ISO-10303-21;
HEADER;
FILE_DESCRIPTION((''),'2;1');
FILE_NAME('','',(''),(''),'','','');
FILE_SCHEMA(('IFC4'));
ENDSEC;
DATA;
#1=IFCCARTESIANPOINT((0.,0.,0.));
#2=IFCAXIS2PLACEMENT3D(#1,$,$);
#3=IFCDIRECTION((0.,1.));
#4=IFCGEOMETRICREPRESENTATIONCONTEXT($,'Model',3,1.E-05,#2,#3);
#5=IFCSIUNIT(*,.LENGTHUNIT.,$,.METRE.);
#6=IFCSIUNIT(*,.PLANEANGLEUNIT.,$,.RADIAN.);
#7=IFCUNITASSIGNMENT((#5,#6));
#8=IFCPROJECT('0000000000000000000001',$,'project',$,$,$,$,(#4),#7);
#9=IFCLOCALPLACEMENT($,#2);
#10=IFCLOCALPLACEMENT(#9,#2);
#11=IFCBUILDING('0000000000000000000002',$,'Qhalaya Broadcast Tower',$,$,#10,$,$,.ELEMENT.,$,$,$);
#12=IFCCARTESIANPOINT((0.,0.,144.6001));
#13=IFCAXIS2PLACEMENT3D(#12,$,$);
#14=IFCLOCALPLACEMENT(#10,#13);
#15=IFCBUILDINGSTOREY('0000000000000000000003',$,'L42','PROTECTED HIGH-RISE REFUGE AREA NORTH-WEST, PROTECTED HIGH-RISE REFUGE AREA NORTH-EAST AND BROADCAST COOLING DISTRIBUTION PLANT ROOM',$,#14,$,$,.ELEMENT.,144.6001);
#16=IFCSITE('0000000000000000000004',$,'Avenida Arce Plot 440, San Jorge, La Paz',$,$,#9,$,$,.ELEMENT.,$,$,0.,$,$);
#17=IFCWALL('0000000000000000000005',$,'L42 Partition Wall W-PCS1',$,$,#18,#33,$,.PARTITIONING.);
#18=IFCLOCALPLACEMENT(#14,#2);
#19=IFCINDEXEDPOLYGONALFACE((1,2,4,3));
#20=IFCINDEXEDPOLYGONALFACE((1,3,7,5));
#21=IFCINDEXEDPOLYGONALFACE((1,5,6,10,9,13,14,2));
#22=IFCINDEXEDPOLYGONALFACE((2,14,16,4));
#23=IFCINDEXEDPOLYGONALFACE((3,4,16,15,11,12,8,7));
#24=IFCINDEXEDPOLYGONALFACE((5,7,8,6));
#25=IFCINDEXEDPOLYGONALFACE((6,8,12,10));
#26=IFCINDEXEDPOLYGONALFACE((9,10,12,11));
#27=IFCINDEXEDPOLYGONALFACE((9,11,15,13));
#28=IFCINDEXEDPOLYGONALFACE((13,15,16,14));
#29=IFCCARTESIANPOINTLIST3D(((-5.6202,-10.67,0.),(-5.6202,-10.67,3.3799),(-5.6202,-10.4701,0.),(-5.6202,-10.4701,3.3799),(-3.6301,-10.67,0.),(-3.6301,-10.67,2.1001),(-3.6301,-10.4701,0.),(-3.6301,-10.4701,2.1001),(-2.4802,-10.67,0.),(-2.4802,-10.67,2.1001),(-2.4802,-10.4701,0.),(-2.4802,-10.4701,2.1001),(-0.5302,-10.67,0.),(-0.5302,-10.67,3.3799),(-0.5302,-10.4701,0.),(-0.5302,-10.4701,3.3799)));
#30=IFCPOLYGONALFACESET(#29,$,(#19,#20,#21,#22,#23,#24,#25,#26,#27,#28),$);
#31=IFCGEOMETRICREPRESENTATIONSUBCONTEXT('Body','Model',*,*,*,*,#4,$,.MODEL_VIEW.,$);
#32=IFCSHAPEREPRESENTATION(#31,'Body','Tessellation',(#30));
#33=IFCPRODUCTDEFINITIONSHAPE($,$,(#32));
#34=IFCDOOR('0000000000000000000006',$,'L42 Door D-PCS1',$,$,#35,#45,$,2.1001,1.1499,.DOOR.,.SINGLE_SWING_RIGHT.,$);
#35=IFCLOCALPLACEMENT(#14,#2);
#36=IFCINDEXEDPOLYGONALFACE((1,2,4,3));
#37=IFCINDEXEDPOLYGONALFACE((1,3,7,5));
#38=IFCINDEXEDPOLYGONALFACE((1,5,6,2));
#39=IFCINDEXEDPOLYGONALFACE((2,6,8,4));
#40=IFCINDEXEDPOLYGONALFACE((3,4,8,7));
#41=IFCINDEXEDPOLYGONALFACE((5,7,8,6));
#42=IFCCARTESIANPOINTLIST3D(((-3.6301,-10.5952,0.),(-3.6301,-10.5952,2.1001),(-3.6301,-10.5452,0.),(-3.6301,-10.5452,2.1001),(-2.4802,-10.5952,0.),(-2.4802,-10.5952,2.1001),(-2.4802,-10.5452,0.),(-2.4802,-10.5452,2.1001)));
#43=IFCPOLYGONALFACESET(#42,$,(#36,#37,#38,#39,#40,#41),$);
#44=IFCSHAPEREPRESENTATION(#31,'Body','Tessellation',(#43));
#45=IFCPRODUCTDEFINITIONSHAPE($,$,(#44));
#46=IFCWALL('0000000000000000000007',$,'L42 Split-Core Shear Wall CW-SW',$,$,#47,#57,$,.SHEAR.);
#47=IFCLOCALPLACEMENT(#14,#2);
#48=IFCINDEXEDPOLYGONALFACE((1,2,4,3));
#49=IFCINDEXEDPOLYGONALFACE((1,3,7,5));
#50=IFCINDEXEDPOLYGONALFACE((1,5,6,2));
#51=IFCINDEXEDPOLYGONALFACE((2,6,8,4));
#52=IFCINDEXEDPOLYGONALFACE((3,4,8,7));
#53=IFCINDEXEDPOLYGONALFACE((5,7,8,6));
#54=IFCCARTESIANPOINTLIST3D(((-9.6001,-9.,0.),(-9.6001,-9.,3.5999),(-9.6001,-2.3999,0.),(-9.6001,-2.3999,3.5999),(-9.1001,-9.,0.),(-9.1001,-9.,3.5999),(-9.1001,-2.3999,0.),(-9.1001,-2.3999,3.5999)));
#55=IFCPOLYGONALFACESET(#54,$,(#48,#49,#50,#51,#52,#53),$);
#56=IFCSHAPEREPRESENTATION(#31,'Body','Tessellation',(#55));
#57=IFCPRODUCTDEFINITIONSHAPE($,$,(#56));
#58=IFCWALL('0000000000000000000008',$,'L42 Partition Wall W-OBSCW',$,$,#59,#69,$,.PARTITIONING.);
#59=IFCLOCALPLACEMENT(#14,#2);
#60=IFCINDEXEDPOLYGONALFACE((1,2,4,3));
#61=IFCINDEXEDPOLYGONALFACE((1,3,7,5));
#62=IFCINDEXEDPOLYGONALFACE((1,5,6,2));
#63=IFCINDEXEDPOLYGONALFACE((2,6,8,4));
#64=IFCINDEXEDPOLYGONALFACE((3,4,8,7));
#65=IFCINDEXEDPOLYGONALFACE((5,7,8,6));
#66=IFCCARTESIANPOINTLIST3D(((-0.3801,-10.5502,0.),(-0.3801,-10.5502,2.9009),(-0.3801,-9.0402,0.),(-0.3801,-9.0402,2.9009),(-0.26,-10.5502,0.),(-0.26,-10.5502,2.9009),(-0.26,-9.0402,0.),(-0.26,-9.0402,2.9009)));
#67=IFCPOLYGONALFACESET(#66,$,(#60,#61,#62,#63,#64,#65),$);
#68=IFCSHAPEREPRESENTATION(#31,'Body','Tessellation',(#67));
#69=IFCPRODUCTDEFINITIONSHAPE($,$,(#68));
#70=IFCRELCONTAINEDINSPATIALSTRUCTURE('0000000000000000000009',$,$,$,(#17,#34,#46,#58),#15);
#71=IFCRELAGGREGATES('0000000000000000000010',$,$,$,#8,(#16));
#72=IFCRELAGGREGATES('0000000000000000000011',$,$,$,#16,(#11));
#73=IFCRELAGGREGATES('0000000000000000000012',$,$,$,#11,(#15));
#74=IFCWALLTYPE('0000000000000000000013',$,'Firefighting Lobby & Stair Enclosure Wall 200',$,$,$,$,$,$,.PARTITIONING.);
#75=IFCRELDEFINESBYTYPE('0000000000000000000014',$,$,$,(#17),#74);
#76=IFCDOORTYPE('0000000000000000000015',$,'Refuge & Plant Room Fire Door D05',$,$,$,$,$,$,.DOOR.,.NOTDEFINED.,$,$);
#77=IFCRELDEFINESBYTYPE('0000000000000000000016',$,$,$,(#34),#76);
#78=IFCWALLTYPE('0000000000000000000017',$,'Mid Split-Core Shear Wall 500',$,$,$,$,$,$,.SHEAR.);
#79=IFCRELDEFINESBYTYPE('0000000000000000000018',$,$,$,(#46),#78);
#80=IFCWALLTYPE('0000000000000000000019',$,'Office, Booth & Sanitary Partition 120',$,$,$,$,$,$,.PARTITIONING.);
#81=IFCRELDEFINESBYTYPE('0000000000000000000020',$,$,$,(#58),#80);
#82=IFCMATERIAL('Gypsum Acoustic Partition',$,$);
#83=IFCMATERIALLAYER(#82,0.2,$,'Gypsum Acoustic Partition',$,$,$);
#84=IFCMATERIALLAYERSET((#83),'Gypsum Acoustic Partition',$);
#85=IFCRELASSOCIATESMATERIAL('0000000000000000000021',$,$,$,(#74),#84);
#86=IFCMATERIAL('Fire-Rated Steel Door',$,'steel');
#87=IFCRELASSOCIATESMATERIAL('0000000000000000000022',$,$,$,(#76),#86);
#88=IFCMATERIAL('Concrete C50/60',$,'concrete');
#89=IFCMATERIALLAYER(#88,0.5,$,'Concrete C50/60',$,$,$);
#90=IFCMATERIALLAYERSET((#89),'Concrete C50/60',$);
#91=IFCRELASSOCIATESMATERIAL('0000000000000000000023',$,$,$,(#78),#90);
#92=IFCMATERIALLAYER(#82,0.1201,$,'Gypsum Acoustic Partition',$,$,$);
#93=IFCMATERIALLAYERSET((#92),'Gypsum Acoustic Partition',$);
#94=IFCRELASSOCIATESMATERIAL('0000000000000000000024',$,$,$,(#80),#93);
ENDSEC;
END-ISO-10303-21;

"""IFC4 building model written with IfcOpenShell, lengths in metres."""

from ifc_helpers import new_model, si_unit, direction, frame, frame_2d, origin, place, context, subcontext, project, spatial, rectangle, extrude, material, layer, layer_set, type_object, element, fill, save


model = new_model("IFC4")

# Units and contexts
model_context = context("Model", 3, precision=1e-05, world=origin(), true_north=direction((0.0, 1.0)))
body_context = subcontext(model_context, "Body", "Model", "MODEL_VIEW")
ifc_project = project(units=[si_unit("LENGTHUNIT", "METRE"), si_unit("PLANEANGLEUNIT", "RADIAN")], contexts=[model_context])

# Site, building, storey
site_placement = place(None, origin())
site = spatial("IfcSite", under=ifc_project, at=site_placement, Name="Avenida Arce Plot 440, San Jorge, La Paz", CompositionType="ELEMENT", RefElevation=0.0)
building_placement = place(site_placement, origin())
building = spatial("IfcBuilding", under=site, at=building_placement, Name="Qhalaya Broadcast Tower", CompositionType="ELEMENT")
storey_placement = place(building_placement, frame((0.0, 0.0, 144.6001)))
storey = spatial("IfcBuildingStorey", under=building, at=storey_placement, Name="L42", Description="PROTECTED HIGH-RISE REFUGE AREA NORTH-WEST, PROTECTED HIGH-RISE REFUGE AREA NORTH-EAST AND BROADCAST COOLING DISTRIBUTION PLANT ROOM", CompositionType="ELEMENT", Elevation=144.6001)

# Shared definitions
ifc_material_1 = material(Name="Concrete C50/60", Category="concrete")

# Shared definitions
ifc_material_2 = material(Name="Gypsum Acoustic Partition")
ifc_layer_1 = layer(ifc_material_2, 0.2, Name="Gypsum Acoustic Partition")
ifc_layer_set_1 = layer_set([ifc_layer_1], Name="Gypsum Acoustic Partition")
wall_type_1 = type_object("IfcWallType", Name="Firefighting Lobby & Stair Enclosure Wall 200", PredefinedType="PARTITIONING", material=ifc_layer_set_1)

# Wall, opening, door
wall_1_placement = place(storey_placement, frame((-5.6201, -10.5701, 0.0), z_axis=(0.0, 0.0, 1.0), x_axis=(1.0, 0.0, 0.0)))
wall_1 = element("IfcWall", 1, at=wall_1_placement, inside=storey, type_object=wall_type_1, Name="L42 Partition Wall W-PCS1", PredefinedType="PARTITIONING", context=body_context, shape_type="SweptSolid", body=[
    extrude(rectangle(XDim=5.0901, YDim=0.2, at=frame_2d((2.5449, 0.0))), origin(), (0.0, 0.0, 1.0), 3.3799),
])
opening_placement = place(wall_1_placement, frame((1.99, 0.0, 0.0)))
opening = element("IfcOpeningElement", 2, at=opening_placement, cuts=wall_1, PredefinedType="OPENING", context=body_context, shape_type="SweptSolid", body=[
    extrude(rectangle(XDim=1.1499, YDim=2.1001, at=frame_2d((0.575, 1.05))), frame((0.0, 0.1121, 0.0), z_axis=(0.0, -1.0, 0.0), x_axis=(1.0, 0.0, 0.0)), (0.0, 0.0, 1.0), 0.2239),
])
ifc_material_3 = material(Name="Fire-Rated Steel Door", Category="steel")
door_type = type_object("IfcDoorType", Name="Refuge & Plant Room Fire Door D05", OperationType="NOTDEFINED", PredefinedType="DOOR", material=ifc_material_3)
door_placement = place(opening_placement, origin())
door = element("IfcDoor", 3, at=door_placement, inside=storey, type_object=door_type, Name="L42 Door D-PCS1", OperationType="SINGLE_SWING_RIGHT", OverallHeight=2.1001, OverallWidth=1.1499, PredefinedType="DOOR", context=body_context, shape_type="SweptSolid", body=[
    extrude(rectangle(XDim=1.1499, YDim=2.1001, at=frame_2d((0.575, 1.05))), frame((0.0, 0.0249, 0.0), z_axis=(0.0, -1.0, 0.0), x_axis=(1.0, 0.0, 0.0)), (0.0, 0.0, 1.0), 0.05),
])
fill(opening, door)

# Walls
ifc_layer_2 = layer(ifc_material_1, 0.5, Name="Concrete C50/60")
ifc_layer_set_2 = layer_set([ifc_layer_2], Name="Concrete C50/60")
wall_type_2 = type_object("IfcWallType", Name="Mid Split-Core Shear Wall 500", PredefinedType="SHEAR", material=ifc_layer_set_2)
wall_2_placement = place(storey_placement, frame((-9.3501, -9.0, 0.0), z_axis=(0.0, 0.0, 1.0), x_axis=(0.0, 1.0, 0.0)))
element("IfcWall", 4, at=wall_2_placement, inside=storey, type_object=wall_type_2, Name="L42 Split-Core Shear Wall CW-SW", PredefinedType="SHEAR", context=body_context, shape_type="SweptSolid", body=[
    extrude(rectangle(XDim=6.6001, YDim=0.5, at=frame_2d((3.3, 0.0))), origin(), (0.0, 0.0, 1.0), 3.5999),
])
ifc_layer_3 = layer(ifc_material_2, 0.1201, Name="Gypsum Acoustic Partition")
ifc_layer_set_3 = layer_set([ifc_layer_3], Name="Gypsum Acoustic Partition")
wall_type_3 = type_object("IfcWallType", Name="Office, Booth & Sanitary Partition 120", PredefinedType="PARTITIONING", material=ifc_layer_set_3)
wall_3_placement = place(storey_placement, frame((-0.3201, -10.55, 0.0), z_axis=(0.0, 0.0, 1.0), x_axis=(0.0, 1.0, 0.0)))
element("IfcWall", 5, at=wall_3_placement, inside=storey, type_object=wall_type_3, Name="L42 Partition Wall W-OBSCW", PredefinedType="PARTITIONING", context=body_context, shape_type="SweptSolid", body=[
    extrude(rectangle(XDim=1.51, YDim=0.1201, at=frame_2d((0.7549, 0.0))), origin(), (0.0, 0.0, 1.0), 2.9009),
])

save(model, "model.ifc")
